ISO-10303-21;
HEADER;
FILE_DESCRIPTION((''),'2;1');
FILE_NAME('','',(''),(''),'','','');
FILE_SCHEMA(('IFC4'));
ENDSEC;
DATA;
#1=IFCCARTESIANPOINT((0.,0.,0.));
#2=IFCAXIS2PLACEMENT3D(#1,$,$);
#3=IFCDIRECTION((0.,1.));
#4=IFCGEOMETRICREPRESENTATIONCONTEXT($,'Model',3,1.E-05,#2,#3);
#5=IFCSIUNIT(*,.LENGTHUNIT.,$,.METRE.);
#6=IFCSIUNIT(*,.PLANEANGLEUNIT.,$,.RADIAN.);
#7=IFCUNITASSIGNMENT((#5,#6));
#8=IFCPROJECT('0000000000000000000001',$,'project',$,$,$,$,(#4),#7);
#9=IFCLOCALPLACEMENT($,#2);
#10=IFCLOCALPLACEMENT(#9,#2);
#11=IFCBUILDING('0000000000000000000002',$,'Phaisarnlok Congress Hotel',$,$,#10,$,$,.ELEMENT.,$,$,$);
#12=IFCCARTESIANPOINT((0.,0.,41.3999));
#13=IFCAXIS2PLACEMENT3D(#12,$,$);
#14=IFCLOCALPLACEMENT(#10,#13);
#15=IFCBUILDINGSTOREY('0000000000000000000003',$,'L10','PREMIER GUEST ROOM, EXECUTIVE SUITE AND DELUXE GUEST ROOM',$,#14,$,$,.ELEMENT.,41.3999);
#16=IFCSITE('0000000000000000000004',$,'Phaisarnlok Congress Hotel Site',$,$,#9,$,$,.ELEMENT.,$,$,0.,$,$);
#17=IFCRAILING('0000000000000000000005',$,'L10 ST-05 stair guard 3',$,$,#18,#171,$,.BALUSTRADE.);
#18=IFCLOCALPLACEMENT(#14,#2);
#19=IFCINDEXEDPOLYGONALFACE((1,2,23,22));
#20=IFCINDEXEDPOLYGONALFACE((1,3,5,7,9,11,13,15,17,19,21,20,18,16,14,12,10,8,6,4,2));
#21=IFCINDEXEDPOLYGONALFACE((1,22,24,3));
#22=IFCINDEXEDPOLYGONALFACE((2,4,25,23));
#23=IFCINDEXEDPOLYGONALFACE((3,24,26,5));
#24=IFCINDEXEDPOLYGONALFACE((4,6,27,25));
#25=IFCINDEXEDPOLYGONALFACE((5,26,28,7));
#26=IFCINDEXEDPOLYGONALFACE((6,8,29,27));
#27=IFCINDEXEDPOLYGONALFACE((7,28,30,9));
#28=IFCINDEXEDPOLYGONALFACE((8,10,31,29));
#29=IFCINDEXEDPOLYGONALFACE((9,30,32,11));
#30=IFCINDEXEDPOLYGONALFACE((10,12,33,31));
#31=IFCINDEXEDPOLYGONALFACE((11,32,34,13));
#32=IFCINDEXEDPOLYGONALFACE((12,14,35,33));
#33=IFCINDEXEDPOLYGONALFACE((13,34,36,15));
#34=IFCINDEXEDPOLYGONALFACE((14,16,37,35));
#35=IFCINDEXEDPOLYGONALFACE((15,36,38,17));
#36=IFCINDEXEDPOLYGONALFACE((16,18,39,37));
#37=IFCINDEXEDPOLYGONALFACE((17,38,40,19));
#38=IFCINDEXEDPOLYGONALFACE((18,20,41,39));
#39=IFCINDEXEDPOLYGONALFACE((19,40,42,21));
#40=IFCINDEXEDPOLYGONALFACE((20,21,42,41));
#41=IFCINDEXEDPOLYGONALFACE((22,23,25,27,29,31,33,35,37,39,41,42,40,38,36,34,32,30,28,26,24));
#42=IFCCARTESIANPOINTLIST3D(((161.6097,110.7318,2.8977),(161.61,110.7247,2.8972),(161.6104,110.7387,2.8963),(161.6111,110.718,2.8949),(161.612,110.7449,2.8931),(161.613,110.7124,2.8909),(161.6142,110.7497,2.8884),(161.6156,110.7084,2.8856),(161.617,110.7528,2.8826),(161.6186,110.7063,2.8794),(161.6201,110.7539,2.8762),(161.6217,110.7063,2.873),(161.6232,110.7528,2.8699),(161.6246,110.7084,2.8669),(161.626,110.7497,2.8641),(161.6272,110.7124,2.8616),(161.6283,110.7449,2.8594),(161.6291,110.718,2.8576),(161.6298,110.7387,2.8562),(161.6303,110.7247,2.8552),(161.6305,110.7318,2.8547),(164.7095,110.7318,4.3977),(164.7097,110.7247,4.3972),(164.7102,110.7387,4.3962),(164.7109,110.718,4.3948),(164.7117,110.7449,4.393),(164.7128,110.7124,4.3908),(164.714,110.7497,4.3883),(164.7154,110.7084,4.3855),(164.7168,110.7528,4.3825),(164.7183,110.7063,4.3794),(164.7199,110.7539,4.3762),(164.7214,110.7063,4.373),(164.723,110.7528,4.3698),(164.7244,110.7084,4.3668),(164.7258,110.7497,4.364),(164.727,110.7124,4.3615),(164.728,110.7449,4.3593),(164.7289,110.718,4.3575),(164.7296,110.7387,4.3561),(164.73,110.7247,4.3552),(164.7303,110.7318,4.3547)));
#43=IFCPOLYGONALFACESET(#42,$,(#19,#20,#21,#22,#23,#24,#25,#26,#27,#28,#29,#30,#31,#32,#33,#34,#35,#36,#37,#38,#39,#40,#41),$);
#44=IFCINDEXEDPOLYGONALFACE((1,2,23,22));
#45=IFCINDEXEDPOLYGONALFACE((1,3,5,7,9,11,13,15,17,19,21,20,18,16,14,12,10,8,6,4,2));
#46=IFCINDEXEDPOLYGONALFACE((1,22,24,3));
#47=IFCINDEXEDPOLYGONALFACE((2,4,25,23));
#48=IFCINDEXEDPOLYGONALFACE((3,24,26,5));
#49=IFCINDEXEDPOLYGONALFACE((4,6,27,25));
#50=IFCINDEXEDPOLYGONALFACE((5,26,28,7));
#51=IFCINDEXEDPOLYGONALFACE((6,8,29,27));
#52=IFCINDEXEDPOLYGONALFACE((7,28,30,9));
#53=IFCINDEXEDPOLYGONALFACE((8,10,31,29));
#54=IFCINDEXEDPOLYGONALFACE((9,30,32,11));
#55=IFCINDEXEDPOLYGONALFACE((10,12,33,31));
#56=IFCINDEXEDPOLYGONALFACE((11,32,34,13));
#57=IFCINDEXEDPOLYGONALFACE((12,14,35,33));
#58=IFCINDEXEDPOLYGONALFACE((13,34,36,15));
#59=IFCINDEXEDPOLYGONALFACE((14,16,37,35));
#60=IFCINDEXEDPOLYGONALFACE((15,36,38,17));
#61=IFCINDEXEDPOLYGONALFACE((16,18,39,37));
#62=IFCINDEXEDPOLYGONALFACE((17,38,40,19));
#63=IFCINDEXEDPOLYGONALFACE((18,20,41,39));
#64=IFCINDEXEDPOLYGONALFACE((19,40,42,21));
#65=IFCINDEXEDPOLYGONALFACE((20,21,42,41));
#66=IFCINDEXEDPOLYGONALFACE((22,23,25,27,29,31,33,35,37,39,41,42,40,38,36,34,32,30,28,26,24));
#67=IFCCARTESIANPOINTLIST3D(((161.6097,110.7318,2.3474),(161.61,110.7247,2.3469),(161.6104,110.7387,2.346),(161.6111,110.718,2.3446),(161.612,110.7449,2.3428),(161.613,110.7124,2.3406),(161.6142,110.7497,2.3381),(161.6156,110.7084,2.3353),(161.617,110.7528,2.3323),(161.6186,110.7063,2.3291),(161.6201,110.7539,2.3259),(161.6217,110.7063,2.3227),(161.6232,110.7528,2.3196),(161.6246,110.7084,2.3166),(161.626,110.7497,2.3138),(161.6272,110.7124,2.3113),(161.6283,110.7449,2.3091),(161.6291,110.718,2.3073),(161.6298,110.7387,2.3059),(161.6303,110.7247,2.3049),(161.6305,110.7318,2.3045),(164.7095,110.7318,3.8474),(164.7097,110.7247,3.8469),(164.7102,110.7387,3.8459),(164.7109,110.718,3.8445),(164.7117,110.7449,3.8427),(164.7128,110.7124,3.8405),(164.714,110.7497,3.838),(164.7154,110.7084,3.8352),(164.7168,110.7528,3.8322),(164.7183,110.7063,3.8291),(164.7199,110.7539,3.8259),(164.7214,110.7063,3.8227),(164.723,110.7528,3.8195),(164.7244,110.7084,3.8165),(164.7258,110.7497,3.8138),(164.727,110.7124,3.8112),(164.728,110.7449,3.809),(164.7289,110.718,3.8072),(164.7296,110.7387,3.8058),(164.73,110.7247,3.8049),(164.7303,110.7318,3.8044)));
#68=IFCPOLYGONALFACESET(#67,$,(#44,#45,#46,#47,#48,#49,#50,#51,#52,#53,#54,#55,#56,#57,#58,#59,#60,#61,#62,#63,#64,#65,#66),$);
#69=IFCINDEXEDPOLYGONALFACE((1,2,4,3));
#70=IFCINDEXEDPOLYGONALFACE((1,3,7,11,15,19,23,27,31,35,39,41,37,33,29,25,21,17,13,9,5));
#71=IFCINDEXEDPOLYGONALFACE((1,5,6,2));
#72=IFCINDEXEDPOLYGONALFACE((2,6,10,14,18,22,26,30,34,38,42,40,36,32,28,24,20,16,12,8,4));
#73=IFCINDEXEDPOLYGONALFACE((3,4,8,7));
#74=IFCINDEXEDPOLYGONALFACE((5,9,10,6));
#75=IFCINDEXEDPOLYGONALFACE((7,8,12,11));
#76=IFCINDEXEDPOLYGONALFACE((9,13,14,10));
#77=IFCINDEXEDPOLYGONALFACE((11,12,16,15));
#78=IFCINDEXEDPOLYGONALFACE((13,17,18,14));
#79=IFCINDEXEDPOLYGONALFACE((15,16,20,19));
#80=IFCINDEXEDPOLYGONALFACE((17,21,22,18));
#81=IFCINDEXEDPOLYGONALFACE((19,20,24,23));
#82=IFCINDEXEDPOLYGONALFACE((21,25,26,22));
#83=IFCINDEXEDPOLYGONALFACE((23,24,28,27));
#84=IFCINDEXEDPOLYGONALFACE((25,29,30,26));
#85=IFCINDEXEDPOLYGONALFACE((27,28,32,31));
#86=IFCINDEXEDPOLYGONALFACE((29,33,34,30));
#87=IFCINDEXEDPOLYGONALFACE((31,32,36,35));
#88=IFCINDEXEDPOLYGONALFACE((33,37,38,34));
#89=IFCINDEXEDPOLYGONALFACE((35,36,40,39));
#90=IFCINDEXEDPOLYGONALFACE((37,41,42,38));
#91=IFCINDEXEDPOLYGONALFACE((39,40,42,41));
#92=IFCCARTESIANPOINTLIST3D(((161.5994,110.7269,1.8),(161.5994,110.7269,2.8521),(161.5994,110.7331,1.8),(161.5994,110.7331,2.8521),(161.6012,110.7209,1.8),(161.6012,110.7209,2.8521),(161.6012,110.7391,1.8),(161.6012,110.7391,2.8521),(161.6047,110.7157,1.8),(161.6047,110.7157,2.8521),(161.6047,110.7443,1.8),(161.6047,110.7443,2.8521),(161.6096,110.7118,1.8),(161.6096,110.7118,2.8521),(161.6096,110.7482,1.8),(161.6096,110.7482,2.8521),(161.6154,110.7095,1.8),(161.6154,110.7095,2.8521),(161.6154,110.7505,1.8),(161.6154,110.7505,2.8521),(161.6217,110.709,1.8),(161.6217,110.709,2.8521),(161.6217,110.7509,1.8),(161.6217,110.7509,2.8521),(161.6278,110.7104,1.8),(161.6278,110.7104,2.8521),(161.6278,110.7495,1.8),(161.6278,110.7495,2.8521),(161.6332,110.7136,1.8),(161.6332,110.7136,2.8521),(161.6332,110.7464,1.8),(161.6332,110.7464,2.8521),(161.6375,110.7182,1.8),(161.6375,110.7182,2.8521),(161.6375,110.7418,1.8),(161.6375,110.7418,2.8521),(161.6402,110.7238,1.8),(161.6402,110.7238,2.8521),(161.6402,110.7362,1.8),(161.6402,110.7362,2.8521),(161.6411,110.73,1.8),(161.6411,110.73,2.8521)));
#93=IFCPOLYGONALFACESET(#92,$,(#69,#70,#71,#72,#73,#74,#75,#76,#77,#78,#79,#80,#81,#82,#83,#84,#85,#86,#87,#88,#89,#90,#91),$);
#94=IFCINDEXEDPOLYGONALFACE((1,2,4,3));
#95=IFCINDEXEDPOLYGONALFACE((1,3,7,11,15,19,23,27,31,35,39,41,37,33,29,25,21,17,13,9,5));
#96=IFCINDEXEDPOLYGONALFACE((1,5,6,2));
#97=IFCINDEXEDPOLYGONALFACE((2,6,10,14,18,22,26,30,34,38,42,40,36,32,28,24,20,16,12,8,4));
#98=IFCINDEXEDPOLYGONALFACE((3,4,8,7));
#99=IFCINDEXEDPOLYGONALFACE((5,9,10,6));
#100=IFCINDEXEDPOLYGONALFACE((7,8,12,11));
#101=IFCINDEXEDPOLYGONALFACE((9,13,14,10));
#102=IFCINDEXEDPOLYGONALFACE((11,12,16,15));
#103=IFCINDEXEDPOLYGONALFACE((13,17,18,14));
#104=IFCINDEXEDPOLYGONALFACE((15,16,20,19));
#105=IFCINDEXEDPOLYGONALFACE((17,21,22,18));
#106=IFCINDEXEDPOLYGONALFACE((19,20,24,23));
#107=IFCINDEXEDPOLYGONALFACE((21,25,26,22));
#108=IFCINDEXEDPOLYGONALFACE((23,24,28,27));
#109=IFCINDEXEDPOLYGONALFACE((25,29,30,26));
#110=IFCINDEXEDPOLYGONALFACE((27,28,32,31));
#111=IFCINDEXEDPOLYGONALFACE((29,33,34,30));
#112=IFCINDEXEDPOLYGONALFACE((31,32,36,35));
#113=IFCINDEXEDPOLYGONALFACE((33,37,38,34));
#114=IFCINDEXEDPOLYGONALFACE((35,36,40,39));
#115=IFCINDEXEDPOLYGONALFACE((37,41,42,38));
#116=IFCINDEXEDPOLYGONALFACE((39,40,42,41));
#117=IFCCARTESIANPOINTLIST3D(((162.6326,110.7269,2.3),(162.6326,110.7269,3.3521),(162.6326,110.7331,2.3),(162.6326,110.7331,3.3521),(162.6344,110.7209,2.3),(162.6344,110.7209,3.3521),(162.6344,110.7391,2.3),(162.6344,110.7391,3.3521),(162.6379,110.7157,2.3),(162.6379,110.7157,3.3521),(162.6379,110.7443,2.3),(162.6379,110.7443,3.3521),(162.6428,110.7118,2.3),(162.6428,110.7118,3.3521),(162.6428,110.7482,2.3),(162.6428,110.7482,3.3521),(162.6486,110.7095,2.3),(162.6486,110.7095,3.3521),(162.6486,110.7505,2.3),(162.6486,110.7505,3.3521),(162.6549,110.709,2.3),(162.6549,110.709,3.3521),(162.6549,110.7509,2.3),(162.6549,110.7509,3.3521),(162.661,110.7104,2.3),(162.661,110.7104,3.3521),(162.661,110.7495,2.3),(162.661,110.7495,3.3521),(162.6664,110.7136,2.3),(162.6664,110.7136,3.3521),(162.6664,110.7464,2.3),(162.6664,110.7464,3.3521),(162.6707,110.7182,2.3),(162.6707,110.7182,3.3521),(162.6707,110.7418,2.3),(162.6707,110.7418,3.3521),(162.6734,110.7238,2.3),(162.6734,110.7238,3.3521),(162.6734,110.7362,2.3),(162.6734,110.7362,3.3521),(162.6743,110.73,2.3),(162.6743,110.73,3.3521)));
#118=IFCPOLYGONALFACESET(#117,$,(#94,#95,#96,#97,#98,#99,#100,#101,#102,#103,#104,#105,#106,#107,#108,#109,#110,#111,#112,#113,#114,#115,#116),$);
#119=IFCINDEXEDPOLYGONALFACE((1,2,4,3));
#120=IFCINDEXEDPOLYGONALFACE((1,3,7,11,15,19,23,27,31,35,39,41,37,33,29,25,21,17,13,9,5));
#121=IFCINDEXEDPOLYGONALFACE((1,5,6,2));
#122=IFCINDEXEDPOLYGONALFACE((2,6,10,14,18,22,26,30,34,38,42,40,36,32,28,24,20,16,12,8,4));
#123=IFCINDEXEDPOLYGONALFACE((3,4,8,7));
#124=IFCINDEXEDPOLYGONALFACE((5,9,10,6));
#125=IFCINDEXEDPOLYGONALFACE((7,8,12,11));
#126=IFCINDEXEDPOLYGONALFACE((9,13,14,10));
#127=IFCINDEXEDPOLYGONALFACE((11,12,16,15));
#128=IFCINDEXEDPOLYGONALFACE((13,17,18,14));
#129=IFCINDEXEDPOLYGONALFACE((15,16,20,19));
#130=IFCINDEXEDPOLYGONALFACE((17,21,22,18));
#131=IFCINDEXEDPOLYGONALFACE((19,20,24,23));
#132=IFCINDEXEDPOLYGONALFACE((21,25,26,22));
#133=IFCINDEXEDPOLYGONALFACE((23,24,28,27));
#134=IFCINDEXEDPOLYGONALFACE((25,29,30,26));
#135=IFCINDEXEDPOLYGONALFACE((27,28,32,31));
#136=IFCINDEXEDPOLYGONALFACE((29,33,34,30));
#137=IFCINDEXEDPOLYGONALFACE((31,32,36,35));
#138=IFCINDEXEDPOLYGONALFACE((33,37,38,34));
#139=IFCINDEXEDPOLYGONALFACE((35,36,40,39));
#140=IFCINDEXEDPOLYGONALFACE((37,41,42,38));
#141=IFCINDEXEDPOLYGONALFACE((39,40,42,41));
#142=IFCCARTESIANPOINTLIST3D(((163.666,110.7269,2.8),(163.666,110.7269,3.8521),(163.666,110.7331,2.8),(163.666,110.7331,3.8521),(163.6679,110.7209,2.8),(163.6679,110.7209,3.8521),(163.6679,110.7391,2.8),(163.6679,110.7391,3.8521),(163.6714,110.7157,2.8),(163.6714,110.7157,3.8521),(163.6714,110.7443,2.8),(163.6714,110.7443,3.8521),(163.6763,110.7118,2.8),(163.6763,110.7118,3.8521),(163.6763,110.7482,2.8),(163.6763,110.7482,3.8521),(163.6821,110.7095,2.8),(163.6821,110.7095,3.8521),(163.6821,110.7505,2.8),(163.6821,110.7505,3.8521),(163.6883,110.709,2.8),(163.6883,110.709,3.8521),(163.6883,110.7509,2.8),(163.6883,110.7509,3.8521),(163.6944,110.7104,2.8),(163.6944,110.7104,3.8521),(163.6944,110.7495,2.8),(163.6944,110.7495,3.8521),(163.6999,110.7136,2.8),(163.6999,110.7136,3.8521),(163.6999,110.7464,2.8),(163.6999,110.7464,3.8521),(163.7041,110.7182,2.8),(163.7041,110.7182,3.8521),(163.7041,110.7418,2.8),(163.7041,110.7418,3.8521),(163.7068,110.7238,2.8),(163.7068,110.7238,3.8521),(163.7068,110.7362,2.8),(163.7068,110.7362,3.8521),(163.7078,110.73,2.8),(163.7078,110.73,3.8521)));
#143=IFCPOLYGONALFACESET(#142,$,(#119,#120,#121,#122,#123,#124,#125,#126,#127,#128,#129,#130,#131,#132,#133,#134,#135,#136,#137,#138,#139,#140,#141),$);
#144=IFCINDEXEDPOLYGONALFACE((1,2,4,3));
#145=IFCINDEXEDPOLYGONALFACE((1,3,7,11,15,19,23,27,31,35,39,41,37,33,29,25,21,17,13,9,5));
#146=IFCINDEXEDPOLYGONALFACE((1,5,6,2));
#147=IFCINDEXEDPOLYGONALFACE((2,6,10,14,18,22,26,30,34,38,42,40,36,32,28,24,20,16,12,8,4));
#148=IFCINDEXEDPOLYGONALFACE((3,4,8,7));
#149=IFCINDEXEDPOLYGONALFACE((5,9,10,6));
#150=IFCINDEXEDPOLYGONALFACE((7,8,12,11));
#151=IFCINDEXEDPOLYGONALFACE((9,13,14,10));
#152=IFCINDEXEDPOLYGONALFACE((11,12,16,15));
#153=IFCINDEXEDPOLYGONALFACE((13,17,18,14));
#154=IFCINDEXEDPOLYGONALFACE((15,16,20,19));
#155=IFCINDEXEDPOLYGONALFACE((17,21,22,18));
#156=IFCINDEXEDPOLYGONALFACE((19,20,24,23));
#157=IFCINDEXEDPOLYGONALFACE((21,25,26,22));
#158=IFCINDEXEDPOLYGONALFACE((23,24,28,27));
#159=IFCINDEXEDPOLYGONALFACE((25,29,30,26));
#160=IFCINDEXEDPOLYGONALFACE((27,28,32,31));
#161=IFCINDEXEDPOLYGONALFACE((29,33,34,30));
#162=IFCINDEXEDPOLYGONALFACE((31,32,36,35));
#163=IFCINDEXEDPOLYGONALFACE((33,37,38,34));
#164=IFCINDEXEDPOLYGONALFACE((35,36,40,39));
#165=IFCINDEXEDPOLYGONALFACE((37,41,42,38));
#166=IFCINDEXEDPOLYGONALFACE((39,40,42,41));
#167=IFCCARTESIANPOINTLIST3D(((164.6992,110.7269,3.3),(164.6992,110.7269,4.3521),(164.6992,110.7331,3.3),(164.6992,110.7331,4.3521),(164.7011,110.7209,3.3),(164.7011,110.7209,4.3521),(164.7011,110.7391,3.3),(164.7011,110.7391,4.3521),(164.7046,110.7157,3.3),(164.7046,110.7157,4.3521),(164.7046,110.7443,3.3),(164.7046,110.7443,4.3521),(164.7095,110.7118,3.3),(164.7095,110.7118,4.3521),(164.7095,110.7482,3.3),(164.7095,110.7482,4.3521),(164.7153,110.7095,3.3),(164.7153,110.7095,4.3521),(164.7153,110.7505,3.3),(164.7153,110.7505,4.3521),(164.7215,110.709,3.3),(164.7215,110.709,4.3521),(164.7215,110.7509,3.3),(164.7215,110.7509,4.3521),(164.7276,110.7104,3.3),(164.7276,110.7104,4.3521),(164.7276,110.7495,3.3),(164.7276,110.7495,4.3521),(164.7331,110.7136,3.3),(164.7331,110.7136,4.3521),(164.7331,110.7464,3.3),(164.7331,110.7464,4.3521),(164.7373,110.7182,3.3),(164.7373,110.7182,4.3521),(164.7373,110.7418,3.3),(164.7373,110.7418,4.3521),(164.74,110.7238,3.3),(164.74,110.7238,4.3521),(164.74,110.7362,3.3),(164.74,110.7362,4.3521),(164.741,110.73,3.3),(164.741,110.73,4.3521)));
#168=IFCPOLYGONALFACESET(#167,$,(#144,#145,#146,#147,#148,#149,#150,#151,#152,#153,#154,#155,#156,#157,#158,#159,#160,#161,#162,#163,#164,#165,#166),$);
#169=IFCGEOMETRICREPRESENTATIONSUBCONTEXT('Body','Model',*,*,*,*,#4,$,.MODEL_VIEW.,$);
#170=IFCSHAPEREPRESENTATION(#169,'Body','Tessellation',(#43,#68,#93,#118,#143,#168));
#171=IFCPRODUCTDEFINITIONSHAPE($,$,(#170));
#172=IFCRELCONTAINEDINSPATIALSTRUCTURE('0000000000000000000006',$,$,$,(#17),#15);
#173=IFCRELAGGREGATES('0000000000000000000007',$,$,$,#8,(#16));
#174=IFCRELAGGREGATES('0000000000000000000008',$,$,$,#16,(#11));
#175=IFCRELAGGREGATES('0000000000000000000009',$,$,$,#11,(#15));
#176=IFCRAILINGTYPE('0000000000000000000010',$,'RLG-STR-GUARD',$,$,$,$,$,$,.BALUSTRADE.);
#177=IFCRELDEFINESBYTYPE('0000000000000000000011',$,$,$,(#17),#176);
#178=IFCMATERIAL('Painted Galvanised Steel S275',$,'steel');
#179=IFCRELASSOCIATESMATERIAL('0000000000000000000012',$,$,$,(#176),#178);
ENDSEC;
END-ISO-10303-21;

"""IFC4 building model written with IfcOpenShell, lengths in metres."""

from ifc_helpers import new_model, si_unit, direction, frame, origin, origin_2d, place, context, subcontext, project, spatial, circle, extrude, material, type_object, element, save


model = new_model("IFC4")

# Units and contexts
model_context = context("Model", 3, precision=1e-05, world=origin(), true_north=direction((0.0, 1.0)))
body_context = subcontext(model_context, "Body", "Model", "MODEL_VIEW")
ifc_project = project(units=[si_unit("LENGTHUNIT", "METRE"), si_unit("PLANEANGLEUNIT", "RADIAN")], contexts=[model_context])

# Site, building, storey
site_placement = place(None, origin())
site = spatial("IfcSite", under=ifc_project, at=site_placement, Name="Phaisarnlok Congress Hotel Site", CompositionType="ELEMENT", RefElevation=0.0)
building_placement = place(site_placement, origin())
building = spatial("IfcBuilding", under=site, at=building_placement, Name="Phaisarnlok Congress Hotel", CompositionType="ELEMENT")
storey_placement = place(building_placement, frame((0.0, 0.0, 41.3999)))
storey = spatial("IfcBuildingStorey", under=building, at=storey_placement, Name="L10", Description="PREMIER GUEST ROOM, EXECUTIVE SUITE AND DELUXE GUEST ROOM", CompositionType="ELEMENT", Elevation=41.3999)

# Railing
ifc_material_1 = material(Name="Painted Galvanised Steel S275", Category="steel")
railing_type_1 = type_object("IfcRailingType", Name="RLG-STR-GUARD", PredefinedType="BALUSTRADE", material=ifc_material_1)
railing_1_placement = place(storey_placement, frame((161.6201, 110.73, 1.8)))
element("IfcRailing", 1, at=railing_1_placement, inside=storey, type_object=railing_type_1, Name="L10 ST-05 stair guard 3", PredefinedType="BALUSTRADE", context=body_context, shape_type="SweptSolid", body=[
    extrude(circle(Radius=0.0239, at=origin_2d()), frame((0.0, 0.0, 1.0762), z_axis=(0.900151, 0.0, 0.435578), x_axis=(0.0, 1.0, 0.0)), (0.0, 0.0, 1.0), 3.4436),
    extrude(circle(Radius=0.0239, at=origin_2d()), frame((0.0, 0.0, 0.5259), z_axis=(0.900151, 0.0, 0.435578), x_axis=(0.0, 1.0, 0.0)), (0.0, 0.0, 1.0), 3.4436),
    extrude(circle(Radius=0.021, at=origin_2d()), origin(), (0.0, 0.0, 1.0), 1.052),
    extrude(circle(Radius=0.021, at=origin_2d()), frame((1.0332, 0.0, 0.5)), (0.0, 0.0, 1.0), 1.052),
    extrude(circle(Radius=0.021, at=origin_2d()), frame((2.0667, 0.0, 1.0)), (0.0, 0.0, 1.0), 1.052),
    extrude(circle(Radius=0.021, at=origin_2d()), frame((3.0999, 0.0, 1.5)), (0.0, 0.0, 1.0), 1.052),
])

save(model, "model.ifc")
